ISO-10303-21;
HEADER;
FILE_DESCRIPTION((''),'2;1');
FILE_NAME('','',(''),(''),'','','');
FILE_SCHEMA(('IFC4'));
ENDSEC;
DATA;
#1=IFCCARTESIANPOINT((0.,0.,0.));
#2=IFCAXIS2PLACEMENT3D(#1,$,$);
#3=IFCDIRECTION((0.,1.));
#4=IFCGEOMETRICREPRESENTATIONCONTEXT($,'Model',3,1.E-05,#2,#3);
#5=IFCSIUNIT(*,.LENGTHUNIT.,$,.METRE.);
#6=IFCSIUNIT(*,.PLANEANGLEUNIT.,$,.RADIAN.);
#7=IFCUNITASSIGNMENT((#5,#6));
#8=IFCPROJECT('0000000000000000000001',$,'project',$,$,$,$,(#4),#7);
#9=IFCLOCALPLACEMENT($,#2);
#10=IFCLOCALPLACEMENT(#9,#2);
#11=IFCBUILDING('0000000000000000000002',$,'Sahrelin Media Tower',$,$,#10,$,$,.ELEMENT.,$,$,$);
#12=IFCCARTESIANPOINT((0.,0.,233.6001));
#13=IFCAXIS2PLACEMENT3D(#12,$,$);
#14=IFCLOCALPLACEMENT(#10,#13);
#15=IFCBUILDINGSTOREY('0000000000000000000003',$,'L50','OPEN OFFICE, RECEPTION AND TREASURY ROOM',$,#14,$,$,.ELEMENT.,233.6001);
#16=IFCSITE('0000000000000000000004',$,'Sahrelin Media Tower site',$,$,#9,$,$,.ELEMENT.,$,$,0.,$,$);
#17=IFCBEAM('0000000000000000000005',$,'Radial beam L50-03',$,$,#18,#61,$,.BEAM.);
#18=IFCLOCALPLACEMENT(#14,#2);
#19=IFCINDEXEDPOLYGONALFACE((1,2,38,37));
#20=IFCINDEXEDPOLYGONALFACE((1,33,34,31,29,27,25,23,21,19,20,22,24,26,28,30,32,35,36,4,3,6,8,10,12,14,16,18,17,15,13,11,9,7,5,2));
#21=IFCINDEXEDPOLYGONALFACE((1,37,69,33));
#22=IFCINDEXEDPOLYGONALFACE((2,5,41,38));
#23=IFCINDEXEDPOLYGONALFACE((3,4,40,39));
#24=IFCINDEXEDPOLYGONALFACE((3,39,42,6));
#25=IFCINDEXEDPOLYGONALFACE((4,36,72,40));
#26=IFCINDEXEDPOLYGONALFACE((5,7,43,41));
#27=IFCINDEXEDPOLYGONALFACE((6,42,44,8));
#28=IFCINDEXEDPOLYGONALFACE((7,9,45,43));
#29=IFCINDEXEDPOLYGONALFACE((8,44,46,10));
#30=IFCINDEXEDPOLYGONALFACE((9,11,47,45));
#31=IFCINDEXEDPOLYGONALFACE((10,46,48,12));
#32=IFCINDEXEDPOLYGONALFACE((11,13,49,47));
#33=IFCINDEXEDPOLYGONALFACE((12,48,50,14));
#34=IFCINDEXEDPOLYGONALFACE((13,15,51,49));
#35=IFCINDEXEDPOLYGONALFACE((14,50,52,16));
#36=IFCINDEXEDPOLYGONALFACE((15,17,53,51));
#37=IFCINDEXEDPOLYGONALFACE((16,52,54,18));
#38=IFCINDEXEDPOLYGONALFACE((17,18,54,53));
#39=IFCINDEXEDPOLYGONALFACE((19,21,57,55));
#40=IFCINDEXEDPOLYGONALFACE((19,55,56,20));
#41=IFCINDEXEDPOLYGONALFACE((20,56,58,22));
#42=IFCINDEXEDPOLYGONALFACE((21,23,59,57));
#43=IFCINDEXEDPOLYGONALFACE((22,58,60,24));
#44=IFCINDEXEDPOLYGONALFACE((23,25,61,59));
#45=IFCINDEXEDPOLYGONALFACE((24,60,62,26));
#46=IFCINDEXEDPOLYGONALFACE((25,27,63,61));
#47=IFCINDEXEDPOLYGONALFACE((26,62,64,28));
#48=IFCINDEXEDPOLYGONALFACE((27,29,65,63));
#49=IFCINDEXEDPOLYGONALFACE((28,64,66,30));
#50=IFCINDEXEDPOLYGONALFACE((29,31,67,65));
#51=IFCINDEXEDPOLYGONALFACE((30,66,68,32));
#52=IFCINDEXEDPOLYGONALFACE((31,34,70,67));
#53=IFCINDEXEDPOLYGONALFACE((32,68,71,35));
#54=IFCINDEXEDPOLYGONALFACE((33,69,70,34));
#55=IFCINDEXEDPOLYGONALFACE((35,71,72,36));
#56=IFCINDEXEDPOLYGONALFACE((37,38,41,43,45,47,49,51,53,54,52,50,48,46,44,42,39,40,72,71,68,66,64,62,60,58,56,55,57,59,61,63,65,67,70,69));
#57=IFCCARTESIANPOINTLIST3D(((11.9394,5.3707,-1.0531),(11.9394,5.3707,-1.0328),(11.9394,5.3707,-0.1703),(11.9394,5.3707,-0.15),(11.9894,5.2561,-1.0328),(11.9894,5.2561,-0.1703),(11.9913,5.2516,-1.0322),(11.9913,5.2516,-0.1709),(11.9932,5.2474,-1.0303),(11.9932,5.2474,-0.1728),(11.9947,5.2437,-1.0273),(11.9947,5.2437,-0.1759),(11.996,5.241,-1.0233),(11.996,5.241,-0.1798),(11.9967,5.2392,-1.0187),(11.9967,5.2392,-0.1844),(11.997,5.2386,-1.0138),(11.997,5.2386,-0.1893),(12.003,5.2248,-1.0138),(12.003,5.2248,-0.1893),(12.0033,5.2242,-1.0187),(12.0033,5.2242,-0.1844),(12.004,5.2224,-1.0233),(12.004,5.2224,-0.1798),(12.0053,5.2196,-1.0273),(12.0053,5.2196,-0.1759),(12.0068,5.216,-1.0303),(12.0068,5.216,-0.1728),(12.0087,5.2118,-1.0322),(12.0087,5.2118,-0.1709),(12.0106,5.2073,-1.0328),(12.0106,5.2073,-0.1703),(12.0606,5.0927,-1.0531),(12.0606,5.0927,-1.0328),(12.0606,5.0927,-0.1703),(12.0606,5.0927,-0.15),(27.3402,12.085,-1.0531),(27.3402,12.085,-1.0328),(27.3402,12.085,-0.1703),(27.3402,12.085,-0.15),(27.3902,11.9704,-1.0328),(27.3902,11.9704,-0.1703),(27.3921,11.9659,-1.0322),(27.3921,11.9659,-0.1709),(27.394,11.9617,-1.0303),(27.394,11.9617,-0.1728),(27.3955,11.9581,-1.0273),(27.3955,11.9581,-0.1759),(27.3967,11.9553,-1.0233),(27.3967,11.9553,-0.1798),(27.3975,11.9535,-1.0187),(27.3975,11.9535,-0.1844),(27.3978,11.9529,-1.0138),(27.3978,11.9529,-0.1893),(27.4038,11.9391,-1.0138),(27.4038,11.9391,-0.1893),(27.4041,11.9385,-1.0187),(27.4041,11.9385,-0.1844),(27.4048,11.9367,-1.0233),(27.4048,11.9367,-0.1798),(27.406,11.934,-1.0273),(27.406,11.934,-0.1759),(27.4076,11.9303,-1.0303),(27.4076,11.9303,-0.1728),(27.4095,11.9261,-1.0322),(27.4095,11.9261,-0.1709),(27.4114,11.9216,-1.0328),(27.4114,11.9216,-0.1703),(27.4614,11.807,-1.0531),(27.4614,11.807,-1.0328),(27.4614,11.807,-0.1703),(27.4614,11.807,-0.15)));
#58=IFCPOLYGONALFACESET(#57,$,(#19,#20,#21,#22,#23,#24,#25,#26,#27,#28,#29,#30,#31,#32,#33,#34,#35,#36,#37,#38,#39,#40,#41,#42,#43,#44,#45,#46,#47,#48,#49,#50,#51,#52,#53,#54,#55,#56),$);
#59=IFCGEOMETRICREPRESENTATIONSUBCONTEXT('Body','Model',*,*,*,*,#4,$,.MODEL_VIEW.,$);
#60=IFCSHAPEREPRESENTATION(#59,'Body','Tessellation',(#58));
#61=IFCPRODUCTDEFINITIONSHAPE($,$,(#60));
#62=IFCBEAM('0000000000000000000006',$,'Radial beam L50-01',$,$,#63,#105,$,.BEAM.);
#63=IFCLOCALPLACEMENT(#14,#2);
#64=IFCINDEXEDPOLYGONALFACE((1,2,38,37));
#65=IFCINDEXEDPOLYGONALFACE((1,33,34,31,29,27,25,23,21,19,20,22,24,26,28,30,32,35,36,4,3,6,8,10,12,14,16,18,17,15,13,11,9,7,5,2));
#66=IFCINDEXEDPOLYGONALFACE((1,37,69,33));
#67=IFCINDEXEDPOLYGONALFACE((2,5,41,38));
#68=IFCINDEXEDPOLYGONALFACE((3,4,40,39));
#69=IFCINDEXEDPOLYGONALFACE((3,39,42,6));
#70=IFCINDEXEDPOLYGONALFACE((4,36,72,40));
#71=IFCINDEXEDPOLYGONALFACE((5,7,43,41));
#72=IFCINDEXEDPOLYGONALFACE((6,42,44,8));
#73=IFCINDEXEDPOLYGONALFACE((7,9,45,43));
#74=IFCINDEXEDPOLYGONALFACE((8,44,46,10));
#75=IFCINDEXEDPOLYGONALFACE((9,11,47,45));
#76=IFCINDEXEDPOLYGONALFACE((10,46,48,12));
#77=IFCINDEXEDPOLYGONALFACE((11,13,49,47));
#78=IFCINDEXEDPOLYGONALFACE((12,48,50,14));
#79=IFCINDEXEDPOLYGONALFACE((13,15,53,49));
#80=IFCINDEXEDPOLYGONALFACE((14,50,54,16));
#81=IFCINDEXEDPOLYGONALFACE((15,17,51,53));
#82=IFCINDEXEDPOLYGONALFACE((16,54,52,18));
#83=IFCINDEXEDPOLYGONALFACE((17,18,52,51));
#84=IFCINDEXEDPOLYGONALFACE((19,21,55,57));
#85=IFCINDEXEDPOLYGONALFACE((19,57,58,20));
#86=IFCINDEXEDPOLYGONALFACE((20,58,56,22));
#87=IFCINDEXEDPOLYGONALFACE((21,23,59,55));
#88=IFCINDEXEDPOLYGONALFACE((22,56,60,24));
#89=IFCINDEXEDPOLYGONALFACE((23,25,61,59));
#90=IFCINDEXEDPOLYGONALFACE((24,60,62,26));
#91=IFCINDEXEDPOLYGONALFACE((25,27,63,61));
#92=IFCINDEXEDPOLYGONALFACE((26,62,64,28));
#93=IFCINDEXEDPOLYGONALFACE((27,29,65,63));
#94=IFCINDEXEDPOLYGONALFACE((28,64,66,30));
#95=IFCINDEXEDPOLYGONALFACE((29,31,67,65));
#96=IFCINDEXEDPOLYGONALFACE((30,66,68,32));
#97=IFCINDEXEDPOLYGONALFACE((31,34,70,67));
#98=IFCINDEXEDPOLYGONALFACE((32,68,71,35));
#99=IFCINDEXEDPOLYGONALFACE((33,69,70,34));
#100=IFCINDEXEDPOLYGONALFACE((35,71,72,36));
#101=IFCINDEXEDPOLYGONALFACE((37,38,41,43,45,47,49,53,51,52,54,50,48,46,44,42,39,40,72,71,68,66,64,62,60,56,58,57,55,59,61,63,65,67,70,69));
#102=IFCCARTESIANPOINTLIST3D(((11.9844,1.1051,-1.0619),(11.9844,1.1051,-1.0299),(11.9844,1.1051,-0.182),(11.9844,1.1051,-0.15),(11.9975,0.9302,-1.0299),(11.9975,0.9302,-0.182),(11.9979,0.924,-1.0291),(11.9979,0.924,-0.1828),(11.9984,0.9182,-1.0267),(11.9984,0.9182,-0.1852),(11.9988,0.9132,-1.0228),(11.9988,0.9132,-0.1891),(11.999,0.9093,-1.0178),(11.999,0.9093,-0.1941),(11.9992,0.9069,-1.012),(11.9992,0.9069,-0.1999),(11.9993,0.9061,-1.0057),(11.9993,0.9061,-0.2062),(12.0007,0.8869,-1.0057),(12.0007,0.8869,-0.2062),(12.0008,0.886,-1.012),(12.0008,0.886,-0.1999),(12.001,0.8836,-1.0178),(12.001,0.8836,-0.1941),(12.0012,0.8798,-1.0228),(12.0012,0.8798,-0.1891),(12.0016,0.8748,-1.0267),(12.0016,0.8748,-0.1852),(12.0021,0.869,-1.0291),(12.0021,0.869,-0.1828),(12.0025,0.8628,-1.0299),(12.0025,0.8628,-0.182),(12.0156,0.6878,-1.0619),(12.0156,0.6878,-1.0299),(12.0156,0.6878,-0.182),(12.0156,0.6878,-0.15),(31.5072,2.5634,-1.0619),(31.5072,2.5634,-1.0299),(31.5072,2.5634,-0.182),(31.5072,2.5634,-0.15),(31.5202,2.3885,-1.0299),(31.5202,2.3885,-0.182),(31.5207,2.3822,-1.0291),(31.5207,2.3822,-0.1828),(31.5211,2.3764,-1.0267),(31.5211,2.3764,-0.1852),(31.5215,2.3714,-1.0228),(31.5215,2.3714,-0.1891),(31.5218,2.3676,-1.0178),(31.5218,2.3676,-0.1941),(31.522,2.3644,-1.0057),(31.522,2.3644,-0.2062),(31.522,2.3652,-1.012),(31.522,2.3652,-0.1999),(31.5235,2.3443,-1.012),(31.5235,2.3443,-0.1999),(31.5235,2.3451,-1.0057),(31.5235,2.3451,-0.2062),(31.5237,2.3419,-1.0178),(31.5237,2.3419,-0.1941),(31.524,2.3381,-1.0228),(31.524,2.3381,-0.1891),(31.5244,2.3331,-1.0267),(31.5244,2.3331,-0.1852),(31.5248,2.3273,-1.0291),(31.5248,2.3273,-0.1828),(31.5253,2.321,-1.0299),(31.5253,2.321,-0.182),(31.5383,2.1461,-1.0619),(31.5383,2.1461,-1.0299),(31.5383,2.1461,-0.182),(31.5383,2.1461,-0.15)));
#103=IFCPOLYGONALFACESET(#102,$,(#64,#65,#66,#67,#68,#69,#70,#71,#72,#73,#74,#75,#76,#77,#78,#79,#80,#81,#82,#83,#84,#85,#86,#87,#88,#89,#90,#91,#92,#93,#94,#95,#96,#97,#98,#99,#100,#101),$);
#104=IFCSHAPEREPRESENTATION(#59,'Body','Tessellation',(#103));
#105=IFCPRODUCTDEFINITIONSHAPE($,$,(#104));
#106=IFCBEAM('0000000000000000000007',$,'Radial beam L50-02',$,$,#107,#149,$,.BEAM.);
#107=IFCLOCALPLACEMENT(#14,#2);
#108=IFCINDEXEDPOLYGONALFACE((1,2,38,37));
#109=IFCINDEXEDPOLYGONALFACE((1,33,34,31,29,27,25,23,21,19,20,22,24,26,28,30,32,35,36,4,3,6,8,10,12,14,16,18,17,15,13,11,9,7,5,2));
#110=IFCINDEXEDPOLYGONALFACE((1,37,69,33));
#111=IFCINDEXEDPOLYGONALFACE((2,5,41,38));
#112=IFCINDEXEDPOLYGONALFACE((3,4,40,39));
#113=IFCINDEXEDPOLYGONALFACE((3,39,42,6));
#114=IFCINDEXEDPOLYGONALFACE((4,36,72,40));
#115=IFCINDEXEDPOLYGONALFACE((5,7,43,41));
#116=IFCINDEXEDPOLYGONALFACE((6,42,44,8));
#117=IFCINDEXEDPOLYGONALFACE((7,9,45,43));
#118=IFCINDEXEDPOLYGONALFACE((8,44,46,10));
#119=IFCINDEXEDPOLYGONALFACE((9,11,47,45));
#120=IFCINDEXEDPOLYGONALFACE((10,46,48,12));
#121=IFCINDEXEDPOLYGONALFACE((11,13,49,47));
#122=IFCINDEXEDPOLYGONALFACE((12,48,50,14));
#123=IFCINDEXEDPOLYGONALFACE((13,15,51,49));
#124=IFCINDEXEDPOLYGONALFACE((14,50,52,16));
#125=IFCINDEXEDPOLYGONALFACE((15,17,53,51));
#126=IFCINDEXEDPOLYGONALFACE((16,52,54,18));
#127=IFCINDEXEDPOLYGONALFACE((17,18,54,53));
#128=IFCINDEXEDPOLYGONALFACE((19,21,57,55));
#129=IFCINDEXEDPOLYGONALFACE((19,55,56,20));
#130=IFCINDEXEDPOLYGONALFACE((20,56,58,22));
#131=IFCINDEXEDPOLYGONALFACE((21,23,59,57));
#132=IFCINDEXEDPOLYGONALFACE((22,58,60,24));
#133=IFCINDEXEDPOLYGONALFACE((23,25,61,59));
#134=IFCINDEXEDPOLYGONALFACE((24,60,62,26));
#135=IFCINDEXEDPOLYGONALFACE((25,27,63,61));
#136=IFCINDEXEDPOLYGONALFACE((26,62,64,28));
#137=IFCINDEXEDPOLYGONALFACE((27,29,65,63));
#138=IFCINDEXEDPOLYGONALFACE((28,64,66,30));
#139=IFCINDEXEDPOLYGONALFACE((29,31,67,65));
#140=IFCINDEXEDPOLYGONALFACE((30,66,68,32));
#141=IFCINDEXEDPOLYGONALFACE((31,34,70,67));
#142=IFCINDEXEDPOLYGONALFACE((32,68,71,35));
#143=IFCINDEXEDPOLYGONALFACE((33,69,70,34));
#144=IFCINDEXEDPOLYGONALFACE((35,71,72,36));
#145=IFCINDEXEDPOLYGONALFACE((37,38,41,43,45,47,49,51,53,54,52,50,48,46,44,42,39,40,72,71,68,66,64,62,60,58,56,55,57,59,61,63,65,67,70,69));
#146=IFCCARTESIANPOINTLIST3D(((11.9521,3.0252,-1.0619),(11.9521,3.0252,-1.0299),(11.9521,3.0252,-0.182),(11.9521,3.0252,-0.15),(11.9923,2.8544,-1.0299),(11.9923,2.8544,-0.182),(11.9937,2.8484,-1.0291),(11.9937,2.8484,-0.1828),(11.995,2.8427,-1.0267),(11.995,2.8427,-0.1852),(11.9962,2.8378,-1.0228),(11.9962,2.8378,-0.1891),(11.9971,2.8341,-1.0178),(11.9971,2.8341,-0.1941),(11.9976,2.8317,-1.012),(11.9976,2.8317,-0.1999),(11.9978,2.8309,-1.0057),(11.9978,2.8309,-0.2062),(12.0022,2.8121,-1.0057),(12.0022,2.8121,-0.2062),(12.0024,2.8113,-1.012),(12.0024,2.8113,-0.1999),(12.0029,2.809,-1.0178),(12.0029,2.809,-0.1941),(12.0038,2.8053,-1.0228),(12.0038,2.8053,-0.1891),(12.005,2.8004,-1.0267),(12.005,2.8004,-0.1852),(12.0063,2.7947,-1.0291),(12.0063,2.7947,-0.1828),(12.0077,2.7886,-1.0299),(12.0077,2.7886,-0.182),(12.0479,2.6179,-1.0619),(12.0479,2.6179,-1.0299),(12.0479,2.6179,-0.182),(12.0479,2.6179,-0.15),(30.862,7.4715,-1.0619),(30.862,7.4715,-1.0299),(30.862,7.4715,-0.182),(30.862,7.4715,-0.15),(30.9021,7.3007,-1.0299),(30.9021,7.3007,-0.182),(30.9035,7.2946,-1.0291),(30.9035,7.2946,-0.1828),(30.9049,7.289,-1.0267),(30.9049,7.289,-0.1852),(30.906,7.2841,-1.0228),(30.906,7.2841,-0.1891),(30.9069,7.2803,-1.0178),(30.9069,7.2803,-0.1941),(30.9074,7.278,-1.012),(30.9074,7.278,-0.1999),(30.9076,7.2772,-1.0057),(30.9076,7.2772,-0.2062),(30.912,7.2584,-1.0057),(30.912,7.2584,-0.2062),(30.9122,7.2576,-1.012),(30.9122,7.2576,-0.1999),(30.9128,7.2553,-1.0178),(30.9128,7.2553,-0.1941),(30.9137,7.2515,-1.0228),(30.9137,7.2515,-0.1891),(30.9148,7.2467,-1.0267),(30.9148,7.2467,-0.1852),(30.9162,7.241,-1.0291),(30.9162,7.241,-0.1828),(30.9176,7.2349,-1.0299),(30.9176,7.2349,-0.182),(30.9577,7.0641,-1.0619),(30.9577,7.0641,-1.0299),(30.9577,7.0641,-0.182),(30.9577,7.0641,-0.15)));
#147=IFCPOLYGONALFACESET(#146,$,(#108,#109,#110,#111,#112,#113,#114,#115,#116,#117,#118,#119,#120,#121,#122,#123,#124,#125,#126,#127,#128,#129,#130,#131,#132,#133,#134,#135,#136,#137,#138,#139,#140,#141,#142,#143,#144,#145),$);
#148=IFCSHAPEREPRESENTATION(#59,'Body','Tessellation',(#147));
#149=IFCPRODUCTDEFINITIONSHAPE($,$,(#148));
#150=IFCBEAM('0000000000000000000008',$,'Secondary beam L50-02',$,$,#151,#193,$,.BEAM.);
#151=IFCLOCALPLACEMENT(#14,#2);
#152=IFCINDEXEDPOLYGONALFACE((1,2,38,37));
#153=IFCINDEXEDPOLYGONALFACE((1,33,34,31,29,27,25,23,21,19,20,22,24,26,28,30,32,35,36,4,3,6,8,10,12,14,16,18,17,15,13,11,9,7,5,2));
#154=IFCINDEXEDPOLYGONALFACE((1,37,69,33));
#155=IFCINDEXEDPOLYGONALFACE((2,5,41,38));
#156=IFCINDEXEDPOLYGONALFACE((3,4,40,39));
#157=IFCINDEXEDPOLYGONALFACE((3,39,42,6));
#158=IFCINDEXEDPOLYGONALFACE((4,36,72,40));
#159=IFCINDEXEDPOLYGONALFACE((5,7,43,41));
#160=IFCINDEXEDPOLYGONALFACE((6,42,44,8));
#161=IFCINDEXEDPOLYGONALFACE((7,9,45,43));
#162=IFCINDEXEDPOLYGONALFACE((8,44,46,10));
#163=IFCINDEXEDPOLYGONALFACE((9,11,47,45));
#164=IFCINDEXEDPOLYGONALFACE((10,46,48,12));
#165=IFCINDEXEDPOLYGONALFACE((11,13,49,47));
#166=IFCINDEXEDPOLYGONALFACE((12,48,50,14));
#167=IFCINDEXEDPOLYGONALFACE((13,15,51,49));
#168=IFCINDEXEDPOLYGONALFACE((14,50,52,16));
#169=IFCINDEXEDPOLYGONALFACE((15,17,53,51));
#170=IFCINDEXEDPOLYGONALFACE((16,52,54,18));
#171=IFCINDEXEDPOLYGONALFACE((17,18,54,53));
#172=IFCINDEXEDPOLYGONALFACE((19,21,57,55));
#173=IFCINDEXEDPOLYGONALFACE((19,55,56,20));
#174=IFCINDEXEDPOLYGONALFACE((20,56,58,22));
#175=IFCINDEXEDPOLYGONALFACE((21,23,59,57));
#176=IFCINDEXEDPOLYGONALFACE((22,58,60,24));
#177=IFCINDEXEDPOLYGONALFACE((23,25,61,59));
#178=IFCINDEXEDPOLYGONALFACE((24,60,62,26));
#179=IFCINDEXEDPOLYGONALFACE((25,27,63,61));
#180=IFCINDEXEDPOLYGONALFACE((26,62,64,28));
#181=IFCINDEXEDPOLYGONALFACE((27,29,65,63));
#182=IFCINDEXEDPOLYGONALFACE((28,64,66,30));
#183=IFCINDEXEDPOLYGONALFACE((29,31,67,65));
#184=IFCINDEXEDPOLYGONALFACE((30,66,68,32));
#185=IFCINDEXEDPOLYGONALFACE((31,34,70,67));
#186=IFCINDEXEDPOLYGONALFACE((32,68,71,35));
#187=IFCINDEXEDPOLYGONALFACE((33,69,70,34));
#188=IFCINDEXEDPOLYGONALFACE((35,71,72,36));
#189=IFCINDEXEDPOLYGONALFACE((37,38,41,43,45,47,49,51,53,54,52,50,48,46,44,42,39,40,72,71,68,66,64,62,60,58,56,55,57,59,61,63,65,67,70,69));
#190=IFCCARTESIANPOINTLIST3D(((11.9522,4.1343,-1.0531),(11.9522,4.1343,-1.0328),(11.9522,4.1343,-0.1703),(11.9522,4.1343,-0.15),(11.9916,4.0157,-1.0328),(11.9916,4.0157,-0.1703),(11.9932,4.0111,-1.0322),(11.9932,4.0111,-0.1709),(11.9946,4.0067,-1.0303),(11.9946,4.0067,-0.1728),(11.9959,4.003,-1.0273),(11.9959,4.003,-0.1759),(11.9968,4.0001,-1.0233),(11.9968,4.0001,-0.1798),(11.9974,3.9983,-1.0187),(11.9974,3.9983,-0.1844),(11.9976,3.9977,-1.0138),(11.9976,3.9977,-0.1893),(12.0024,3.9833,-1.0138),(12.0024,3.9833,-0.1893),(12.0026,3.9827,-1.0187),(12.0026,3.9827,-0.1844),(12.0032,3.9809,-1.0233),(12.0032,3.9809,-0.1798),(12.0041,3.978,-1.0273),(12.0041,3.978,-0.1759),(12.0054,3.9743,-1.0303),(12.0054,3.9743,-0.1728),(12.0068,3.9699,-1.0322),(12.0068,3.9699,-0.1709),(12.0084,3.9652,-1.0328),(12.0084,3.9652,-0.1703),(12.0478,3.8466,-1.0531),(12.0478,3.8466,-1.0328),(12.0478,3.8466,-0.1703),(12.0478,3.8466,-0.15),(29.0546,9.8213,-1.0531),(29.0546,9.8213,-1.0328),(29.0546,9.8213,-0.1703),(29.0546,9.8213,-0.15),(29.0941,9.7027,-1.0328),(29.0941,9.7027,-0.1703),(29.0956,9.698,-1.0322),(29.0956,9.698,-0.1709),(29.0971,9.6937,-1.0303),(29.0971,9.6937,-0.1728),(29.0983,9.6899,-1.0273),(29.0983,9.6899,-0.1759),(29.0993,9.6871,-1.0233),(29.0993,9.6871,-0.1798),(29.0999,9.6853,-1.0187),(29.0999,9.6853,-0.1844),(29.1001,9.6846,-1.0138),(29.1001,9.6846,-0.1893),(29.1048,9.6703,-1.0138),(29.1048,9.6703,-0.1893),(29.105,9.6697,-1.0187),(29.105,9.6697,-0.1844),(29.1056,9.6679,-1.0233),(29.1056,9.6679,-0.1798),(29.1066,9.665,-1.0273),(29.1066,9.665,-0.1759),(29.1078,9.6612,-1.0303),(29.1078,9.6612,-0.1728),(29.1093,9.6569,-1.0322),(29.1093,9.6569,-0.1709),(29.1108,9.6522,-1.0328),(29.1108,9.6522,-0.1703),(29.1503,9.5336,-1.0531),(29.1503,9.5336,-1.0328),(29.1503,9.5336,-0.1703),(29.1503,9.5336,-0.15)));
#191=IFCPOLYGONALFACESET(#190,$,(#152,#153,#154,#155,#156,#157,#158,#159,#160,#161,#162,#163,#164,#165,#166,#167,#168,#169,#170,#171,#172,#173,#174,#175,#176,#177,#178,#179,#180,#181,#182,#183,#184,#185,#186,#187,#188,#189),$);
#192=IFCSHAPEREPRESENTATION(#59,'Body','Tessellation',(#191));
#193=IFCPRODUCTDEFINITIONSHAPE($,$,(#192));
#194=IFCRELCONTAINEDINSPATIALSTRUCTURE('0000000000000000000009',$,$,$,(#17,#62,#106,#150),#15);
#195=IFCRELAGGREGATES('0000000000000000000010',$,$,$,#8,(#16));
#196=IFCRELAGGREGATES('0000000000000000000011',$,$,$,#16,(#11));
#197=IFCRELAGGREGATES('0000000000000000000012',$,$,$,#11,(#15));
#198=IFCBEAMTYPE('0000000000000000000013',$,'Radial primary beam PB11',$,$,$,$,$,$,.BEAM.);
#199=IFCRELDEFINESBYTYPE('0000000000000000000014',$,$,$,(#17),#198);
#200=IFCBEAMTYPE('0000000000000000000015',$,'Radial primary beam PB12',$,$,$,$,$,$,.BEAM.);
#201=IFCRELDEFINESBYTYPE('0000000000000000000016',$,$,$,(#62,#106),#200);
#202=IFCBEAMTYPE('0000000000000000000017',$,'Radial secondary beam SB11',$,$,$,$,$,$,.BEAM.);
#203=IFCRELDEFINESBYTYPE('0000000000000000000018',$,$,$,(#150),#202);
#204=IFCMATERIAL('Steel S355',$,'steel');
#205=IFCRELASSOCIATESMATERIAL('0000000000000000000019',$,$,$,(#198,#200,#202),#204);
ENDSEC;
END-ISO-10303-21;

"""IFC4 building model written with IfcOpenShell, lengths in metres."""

from ifc_helpers import new_model, si_unit, direction, frame, origin, origin_2d, place, context, subcontext, project, spatial, i_section, extrude, material, material_profile, profile_set, type_object, element, save


model = new_model("IFC4")

# Units and contexts
model_context = context("Model", 3, precision=1e-05, world=origin(), true_north=direction((0.0, 1.0)))
body_context = subcontext(model_context, "Body", "Model", "MODEL_VIEW")
ifc_project = project(units=[si_unit("LENGTHUNIT", "METRE"), si_unit("PLANEANGLEUNIT", "RADIAN")], contexts=[model_context])

# Site, building, storey
site_placement = place(None, origin())
site = spatial("IfcSite", under=ifc_project, at=site_placement, Name="Sahrelin Media Tower site", CompositionType="ELEMENT", RefElevation=0.0)
building_placement = place(site_placement, origin())
building = spatial("IfcBuilding", under=site, at=building_placement, Name="Sahrelin Media Tower", CompositionType="ELEMENT")
storey_placement = place(building_placement, frame((0.0, 0.0, 233.6001)))
storey = spatial("IfcBuildingStorey", under=building, at=storey_placement, Name="L50", Description="OPEN OFFICE, RECEPTION AND TREASURY ROOM", CompositionType="ELEMENT", Elevation=233.6001)

# Beams
ifc_material_1 = material(Name="Steel S355", Category="steel")
ifc_material_profile_1 = material_profile(ifc_material_1, i_section(OverallWidth=0.3032, OverallDepth=0.9031, WebThickness=0.0151, FlangeThickness=0.0203, FilletRadius=0.019, at=origin_2d()), Name="UB 914x305x201")
ifc_profile_set_1 = profile_set([ifc_material_profile_1], Name="Steel S355")
beam_type_1 = type_object("IfcBeamType", Name="Radial primary beam PB11", PredefinedType="BEAM", material=ifc_profile_set_1)
beam_1_placement = place(storey_placement, frame((12.0, 5.2317, -0.6016), z_axis=(0.916671, 0.399643, 0.0), x_axis=(-0.399643, 0.916671, 0.0)))
element("IfcBeam", 1, at=beam_1_placement, inside=storey, type_object=beam_type_1, Name="Radial beam L50-03", PredefinedType="BEAM", context=body_context, shape_type="SweptSolid", body=[
    extrude(i_section(OverallWidth=0.3032, OverallDepth=0.9031, WebThickness=0.0151, FlangeThickness=0.0203, FilletRadius=0.019, at=origin_2d()), origin(), (0.0, 0.0, 1.0), 16.8008),
])
ifc_material_profile_2 = material_profile(ifc_material_1, i_section(OverallWidth=0.4185, OverallDepth=0.9119, WebThickness=0.0193, FlangeThickness=0.032, FilletRadius=0.0242, at=origin_2d()), Name="UB 914x419x343")
ifc_profile_set_2 = profile_set([ifc_material_profile_2], Name="Steel S355")
beam_type_2 = type_object("IfcBeamType", Name="Radial primary beam PB12", PredefinedType="BEAM", material=ifc_profile_set_2)
beam_2_placement = place(storey_placement, frame((12.0, 0.8965, -0.606), z_axis=(0.997222, 0.074488, 0.0), x_axis=(-0.074488, 0.997222, 0.0)))
element("IfcBeam", 2, at=beam_2_placement, inside=storey, type_object=beam_type_2, Name="Radial beam L50-01", PredefinedType="BEAM", context=body_context, shape_type="SweptSolid", body=[
    extrude(i_section(OverallWidth=0.4185, OverallDepth=0.9119, WebThickness=0.0193, FlangeThickness=0.032, FilletRadius=0.0242, at=origin_2d()), origin(), (0.0, 0.0, 1.0), 19.5771),
])
beam_3_placement = place(storey_placement, frame((12.0, 2.8215, -0.606), z_axis=(0.973453, 0.228888, 0.0), x_axis=(-0.228888, 0.973453, 0.0)))
element("IfcBeam", 3, at=beam_3_placement, inside=storey, type_object=beam_type_2, Name="Radial beam L50-02", PredefinedType="BEAM", context=body_context, shape_type="SweptSolid", body=[
    extrude(i_section(OverallWidth=0.4185, OverallDepth=0.9119, WebThickness=0.0193, FlangeThickness=0.032, FilletRadius=0.0242, at=origin_2d()), origin(), (0.0, 0.0, 1.0), 19.4255),
])
ifc_material_profile_3 = material_profile(ifc_material_1, i_section(OverallWidth=0.3032, OverallDepth=0.9031, WebThickness=0.0151, FlangeThickness=0.0203, FilletRadius=0.019, at=origin_2d()), Name="UB 914x305x201")
ifc_profile_set_3 = profile_set([ifc_material_profile_3], Name="Steel S355")
beam_type_3 = type_object("IfcBeamType", Name="Radial secondary beam SB11", PredefinedType="BEAM", material=ifc_profile_set_3)
beam_4_placement = place(storey_placement, frame((12.0, 3.9905, -0.6016), z_axis=(0.948913, 0.315537, 0.0), x_axis=(-0.315537, 0.948913, 0.0)))
element("IfcBeam", 4, at=beam_4_placement, inside=storey, type_object=beam_type_3, Name="Secondary beam L50-02", PredefinedType="BEAM", context=body_context, shape_type="SweptSolid", body=[
    extrude(i_section(OverallWidth=0.3032, OverallDepth=0.9031, WebThickness=0.0151, FlangeThickness=0.0203, FilletRadius=0.019, at=origin_2d()), origin(), (0.0, 0.0, 1.0), 18.0232),
])

save(model, "model.ifc")
